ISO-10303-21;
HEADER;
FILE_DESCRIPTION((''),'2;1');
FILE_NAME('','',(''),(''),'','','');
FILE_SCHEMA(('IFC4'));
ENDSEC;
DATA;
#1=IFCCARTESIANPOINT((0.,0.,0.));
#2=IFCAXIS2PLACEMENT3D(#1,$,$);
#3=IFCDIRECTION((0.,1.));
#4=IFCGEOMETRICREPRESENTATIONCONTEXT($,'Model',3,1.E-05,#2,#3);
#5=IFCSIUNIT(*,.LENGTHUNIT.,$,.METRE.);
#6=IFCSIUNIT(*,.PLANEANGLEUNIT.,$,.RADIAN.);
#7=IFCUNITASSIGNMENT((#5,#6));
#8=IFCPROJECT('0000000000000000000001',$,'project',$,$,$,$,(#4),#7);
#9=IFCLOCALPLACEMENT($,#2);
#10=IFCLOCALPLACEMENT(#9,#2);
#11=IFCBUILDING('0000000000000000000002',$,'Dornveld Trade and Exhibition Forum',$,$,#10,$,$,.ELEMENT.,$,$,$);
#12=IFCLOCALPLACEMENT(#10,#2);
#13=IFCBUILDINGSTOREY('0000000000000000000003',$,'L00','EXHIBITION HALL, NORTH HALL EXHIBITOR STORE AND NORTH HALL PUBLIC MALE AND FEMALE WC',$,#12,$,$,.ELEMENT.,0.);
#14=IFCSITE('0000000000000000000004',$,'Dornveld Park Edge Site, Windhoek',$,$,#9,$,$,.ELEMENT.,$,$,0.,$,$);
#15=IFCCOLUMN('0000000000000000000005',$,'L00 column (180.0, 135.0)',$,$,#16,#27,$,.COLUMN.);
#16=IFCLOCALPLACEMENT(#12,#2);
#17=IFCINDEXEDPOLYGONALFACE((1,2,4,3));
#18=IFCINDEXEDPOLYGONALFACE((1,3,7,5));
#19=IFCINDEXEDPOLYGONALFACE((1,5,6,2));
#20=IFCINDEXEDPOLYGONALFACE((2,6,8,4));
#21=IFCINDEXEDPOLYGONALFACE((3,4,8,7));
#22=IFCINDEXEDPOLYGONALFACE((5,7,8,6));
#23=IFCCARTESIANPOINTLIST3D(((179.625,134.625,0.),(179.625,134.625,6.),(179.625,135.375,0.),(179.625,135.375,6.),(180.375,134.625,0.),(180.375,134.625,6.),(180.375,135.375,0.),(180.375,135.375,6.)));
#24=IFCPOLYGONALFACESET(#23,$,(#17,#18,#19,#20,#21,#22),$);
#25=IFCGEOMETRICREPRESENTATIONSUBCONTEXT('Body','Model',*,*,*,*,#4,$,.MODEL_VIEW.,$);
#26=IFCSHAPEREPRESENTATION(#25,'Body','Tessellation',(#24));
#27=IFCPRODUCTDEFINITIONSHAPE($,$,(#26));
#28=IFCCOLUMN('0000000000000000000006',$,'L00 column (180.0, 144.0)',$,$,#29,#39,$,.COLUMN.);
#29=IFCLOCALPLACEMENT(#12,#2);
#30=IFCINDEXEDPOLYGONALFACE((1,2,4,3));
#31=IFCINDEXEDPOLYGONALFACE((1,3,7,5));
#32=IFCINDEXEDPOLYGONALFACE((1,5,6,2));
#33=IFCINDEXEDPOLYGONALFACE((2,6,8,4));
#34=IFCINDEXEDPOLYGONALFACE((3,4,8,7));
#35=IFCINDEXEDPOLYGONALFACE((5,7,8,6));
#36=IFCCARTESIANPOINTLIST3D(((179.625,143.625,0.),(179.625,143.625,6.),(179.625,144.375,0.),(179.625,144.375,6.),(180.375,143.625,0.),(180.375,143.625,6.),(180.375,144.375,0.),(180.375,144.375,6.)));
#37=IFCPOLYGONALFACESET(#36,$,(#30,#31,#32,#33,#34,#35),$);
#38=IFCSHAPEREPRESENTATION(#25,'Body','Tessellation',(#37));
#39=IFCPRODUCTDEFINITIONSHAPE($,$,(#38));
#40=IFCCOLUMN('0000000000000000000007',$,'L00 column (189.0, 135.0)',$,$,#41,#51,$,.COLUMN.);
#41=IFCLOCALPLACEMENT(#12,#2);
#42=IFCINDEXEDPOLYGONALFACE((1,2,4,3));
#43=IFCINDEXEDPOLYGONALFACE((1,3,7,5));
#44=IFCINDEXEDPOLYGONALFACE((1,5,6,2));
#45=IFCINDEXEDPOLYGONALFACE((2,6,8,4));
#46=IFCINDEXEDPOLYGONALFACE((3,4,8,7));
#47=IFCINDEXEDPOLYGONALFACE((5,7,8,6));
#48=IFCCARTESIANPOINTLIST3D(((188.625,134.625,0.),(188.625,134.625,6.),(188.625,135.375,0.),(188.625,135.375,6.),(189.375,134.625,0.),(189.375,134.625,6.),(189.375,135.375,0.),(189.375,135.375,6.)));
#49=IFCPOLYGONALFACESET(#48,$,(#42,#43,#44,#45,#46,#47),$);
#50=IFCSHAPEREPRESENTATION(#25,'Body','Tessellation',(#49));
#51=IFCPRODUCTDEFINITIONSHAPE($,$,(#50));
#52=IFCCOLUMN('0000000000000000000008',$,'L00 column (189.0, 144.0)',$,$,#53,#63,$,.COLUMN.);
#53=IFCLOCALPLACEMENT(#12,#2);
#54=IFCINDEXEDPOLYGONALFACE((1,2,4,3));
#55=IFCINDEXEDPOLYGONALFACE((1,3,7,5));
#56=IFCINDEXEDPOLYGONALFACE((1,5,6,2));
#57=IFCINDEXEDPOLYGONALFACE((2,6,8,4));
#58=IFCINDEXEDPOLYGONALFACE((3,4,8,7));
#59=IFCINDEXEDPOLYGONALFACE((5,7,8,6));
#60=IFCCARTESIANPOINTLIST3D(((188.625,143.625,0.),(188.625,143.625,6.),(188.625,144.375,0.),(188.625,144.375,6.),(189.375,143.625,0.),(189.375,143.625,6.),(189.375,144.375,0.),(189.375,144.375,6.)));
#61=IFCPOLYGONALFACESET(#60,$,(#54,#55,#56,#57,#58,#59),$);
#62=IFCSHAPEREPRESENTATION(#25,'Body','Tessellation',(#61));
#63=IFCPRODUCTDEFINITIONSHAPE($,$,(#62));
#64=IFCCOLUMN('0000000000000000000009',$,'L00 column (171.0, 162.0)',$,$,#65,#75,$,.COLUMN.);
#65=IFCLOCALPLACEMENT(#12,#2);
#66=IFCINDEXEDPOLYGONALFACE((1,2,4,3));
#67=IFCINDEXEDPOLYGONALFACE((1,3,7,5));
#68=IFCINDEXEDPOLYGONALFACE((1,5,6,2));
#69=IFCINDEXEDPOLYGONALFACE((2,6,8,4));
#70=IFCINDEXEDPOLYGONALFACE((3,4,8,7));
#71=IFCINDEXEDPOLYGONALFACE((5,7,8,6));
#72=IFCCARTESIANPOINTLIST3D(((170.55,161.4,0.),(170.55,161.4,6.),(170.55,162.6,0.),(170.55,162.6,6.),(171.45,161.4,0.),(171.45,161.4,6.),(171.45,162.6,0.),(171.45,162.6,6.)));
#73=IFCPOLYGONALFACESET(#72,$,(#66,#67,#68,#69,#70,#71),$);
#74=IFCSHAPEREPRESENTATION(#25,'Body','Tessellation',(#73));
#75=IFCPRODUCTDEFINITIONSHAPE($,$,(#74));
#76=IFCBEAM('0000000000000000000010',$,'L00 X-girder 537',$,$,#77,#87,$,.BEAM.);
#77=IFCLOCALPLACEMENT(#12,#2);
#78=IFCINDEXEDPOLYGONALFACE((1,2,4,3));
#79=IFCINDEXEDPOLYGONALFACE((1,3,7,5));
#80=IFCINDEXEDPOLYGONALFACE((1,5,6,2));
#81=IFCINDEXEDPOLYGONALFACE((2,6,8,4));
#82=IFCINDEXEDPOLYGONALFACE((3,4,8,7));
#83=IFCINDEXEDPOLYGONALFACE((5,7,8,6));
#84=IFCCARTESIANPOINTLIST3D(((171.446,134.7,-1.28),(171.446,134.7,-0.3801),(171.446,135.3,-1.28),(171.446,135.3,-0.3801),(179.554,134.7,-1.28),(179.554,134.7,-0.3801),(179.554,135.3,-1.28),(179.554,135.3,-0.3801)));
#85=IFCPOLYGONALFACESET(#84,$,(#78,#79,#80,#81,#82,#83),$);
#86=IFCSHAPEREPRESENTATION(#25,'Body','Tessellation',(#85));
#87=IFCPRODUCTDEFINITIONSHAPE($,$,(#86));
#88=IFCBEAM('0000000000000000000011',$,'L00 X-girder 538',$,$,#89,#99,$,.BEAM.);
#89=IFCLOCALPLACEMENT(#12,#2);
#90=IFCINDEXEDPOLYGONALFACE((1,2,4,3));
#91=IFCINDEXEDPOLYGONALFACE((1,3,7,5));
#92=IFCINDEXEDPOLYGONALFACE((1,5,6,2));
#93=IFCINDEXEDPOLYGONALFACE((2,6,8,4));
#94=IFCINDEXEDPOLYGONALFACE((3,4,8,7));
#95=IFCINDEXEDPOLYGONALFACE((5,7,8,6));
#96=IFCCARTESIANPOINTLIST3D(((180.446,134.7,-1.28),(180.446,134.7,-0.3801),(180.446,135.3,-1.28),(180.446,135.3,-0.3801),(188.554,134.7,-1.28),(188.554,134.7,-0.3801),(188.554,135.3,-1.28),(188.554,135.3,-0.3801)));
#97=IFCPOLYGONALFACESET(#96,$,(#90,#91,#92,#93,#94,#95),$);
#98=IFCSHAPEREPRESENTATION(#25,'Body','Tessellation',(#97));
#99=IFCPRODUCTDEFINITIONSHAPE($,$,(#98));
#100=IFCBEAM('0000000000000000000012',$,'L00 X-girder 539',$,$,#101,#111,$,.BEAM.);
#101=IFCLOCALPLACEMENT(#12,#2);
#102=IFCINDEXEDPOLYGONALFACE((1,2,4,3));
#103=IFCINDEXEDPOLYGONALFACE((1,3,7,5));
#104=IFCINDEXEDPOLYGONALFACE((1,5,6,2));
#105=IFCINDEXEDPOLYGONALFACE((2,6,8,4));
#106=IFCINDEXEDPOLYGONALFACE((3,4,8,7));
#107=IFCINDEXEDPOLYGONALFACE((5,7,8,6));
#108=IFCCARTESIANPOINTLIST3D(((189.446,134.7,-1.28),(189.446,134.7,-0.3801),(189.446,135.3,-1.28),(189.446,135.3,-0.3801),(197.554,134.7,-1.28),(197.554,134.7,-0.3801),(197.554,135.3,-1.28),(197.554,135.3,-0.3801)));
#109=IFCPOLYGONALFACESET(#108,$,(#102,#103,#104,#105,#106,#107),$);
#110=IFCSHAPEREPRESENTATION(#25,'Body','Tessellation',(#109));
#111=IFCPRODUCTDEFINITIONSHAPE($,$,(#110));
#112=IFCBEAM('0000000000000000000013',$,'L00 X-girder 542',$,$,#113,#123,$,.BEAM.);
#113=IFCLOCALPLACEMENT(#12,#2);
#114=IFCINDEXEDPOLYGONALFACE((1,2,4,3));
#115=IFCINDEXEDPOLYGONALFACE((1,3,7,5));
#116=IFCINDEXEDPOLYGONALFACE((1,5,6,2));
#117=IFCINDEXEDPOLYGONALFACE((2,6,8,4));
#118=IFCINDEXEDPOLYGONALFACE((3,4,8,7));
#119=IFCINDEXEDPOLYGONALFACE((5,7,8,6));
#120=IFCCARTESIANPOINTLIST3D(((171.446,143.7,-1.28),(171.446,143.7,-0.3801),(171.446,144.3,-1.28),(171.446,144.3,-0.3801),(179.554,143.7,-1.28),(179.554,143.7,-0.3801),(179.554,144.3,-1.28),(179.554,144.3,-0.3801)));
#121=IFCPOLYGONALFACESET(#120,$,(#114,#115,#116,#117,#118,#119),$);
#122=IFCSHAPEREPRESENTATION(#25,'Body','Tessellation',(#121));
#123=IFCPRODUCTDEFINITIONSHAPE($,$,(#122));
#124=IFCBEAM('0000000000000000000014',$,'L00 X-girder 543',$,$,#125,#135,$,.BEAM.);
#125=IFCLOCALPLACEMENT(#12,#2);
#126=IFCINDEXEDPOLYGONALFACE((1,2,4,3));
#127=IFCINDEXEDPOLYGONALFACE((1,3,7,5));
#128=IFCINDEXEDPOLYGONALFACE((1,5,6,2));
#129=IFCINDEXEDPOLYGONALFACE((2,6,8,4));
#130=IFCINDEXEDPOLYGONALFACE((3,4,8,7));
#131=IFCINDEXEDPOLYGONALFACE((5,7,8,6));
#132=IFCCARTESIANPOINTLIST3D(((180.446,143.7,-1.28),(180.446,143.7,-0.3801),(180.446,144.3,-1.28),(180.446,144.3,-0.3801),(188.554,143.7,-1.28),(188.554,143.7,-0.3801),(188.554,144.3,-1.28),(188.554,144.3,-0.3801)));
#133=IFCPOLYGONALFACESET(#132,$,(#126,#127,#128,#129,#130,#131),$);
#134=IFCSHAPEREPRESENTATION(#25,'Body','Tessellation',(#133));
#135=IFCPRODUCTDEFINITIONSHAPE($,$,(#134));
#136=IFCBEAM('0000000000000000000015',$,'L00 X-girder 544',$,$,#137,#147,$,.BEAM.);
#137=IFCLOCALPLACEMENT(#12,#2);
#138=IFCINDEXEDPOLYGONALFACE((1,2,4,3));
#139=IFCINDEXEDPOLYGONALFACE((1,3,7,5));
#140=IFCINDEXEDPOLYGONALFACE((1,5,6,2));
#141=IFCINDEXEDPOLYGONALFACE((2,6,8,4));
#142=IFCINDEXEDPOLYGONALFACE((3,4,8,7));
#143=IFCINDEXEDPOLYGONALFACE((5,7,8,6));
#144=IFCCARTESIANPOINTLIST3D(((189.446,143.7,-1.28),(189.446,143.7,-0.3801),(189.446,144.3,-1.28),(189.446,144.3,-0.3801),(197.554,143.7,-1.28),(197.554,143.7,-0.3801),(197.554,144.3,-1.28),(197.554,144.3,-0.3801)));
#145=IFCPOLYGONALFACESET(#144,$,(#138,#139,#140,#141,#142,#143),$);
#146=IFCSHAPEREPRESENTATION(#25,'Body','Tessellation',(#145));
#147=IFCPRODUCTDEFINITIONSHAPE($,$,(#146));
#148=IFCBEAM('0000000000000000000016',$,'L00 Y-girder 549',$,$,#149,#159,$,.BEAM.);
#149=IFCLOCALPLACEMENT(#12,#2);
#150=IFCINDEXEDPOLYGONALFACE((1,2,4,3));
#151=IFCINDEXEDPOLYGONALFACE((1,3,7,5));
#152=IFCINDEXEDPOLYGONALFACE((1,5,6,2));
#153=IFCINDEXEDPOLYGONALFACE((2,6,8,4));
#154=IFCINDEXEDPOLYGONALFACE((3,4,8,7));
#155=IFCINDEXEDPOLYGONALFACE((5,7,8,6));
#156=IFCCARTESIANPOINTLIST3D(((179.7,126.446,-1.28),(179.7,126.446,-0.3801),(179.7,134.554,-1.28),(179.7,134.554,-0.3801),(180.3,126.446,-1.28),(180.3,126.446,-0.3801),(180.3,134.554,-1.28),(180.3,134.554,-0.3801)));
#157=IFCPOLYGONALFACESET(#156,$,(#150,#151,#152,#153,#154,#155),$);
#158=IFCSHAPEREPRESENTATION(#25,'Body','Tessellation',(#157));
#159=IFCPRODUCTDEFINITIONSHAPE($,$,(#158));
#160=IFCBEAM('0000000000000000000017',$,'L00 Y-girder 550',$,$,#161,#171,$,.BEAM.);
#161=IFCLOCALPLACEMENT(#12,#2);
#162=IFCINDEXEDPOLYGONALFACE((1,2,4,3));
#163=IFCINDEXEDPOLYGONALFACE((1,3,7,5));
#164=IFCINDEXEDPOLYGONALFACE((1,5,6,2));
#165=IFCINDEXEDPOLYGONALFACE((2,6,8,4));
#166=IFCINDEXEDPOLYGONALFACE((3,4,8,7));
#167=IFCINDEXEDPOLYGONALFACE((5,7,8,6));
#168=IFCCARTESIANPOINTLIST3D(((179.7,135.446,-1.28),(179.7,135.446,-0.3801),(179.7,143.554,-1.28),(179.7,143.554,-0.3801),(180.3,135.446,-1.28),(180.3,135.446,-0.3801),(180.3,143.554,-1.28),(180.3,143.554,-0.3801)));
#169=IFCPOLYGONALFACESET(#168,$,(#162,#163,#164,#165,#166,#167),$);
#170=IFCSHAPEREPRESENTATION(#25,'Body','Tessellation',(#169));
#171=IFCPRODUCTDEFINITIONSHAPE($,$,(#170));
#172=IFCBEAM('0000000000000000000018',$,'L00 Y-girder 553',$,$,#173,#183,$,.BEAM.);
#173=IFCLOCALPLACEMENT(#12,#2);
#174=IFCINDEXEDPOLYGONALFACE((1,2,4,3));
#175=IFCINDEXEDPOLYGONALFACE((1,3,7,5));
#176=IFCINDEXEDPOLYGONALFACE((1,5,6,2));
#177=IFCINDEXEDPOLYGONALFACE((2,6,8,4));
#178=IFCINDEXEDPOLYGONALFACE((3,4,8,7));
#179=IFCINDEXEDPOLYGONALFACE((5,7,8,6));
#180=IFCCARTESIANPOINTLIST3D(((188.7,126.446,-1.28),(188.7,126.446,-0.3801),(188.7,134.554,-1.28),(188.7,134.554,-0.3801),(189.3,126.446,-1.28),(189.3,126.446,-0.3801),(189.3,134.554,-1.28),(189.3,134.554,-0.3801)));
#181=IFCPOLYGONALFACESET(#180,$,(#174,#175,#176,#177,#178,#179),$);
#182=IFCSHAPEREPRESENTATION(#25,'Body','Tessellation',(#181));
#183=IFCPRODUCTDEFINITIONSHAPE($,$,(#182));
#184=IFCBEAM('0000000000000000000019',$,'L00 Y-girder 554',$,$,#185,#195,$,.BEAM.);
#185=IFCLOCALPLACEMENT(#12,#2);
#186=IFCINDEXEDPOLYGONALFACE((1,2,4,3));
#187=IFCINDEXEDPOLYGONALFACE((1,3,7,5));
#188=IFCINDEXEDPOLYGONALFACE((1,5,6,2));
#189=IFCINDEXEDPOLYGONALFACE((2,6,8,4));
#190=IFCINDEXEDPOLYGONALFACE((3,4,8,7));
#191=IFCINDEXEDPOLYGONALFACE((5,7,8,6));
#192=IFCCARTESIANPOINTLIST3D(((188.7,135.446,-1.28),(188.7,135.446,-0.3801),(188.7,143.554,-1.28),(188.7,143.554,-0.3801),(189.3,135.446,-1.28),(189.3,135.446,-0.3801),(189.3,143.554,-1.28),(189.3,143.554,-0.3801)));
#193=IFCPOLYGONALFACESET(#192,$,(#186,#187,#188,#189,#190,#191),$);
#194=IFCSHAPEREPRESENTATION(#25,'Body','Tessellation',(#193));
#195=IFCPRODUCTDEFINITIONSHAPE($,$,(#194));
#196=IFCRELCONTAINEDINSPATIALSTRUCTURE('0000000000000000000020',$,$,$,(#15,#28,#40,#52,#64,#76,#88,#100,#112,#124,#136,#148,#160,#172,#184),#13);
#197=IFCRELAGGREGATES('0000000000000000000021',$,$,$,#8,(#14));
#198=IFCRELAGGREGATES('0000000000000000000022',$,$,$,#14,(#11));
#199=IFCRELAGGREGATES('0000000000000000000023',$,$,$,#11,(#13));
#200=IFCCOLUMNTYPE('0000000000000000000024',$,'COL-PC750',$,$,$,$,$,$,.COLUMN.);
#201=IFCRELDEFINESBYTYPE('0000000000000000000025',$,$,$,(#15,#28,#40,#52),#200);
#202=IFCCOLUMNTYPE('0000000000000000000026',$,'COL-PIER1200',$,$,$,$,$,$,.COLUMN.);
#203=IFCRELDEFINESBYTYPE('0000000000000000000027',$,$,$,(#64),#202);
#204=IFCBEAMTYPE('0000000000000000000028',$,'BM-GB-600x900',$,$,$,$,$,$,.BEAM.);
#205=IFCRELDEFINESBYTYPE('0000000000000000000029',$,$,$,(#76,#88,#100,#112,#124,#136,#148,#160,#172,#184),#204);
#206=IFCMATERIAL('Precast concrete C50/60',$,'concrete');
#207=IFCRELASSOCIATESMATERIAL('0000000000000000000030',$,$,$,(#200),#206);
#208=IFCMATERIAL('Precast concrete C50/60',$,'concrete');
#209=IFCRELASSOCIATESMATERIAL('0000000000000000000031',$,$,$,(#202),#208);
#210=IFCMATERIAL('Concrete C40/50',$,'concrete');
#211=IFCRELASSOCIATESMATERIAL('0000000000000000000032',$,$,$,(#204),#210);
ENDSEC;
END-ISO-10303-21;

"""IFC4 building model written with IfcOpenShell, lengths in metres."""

from ifc_helpers import new_model, si_unit, direction, frame, origin, origin_2d, place, context, subcontext, project, spatial, rectangle, extrude, material, material_profile, profile_set, type_object, element, save


model = new_model("IFC4")

# Units and contexts
model_context = context("Model", 3, precision=1e-05, world=origin(), true_north=direction((0.0, 1.0)))
body_context = subcontext(model_context, "Body", "Model", "MODEL_VIEW")
ifc_project = project(units=[si_unit("LENGTHUNIT", "METRE"), si_unit("PLANEANGLEUNIT", "RADIAN")], contexts=[model_context])

# Site, building, storey
site_placement = place(None, origin())
site = spatial("IfcSite", under=ifc_project, at=site_placement, Name="Dornveld Park Edge Site, Windhoek", CompositionType="ELEMENT", RefElevation=0.0)
building_placement = place(site_placement, origin())
building = spatial("IfcBuilding", under=site, at=building_placement, Name="Dornveld Trade and Exhibition Forum", CompositionType="ELEMENT")
storey_placement = place(building_placement, origin())
storey = spatial("IfcBuildingStorey", under=building, at=storey_placement, Name="L00", Description="EXHIBITION HALL, NORTH HALL EXHIBITOR STORE AND NORTH HALL PUBLIC MALE AND FEMALE WC", CompositionType="ELEMENT", Elevation=0.0)

# Columns
ifc_material_1 = material(Name="Precast concrete C50/60", Category="concrete")
ifc_material_profile_1 = material_profile(ifc_material_1, rectangle(XDim=0.75, YDim=0.75, at=origin_2d()), Name="PC-COL 750x750")
ifc_profile_set_1 = profile_set([ifc_material_profile_1], Name="Precast concrete C50/60")
column_type_1 = type_object("IfcColumnType", Name="COL-PC750", PredefinedType="COLUMN", material=ifc_profile_set_1)
for number, where, z_axis, x_axis, name in (
    (1, (180.0, 135.0, 0.0), (0.0, 0.0, 1.0), (1.0, 0.0, 0.0), "L00 column (180.0, 135.0)"),
    (2, (180.0, 144.0, 0.0), (0.0, 0.0, 1.0), (1.0, 0.0, 0.0), "L00 column (180.0, 144.0)"),
    (3, (189.0, 135.0, 0.0), (0.0, 0.0, 1.0), (1.0, 0.0, 0.0), "L00 column (189.0, 135.0)"),
    (4, (189.0, 144.0, 0.0), (0.0, 0.0, 1.0), (1.0, 0.0, 0.0), "L00 column (189.0, 144.0)"),
):
    element("IfcColumn", number, at=place(storey_placement, frame(where, z_axis=z_axis, x_axis=x_axis)), inside=storey, type_object=column_type_1, Name=name, PredefinedType="COLUMN", context=body_context, shape_type="SweptSolid", body=[
        extrude(rectangle(XDim=0.75, YDim=0.75, at=origin_2d()), origin(), (0.0, 0.0, 1.0), 6.0),
    ])
ifc_material_2 = material(Name="Precast concrete C50/60", Category="concrete")
ifc_material_profile_2 = material_profile(ifc_material_2, rectangle(XDim=1.2, YDim=0.8999, at=origin_2d()), Name="PC-PIER 1200x900")
ifc_profile_set_2 = profile_set([ifc_material_profile_2], Name="Precast concrete C50/60")
column_type_2 = type_object("IfcColumnType", Name="COL-PIER1200", PredefinedType="COLUMN", material=ifc_profile_set_2)
column_placement = place(storey_placement, frame((171.0, 162.0, 0.0), z_axis=(0.0, 0.0, 1.0), x_axis=(0.0, 1.0, 0.0)))
element("IfcColumn", 5, at=column_placement, inside=storey, type_object=column_type_2, Name="L00 column (171.0, 162.0)", PredefinedType="COLUMN", context=body_context, shape_type="SweptSolid", body=[
    extrude(rectangle(XDim=1.2, YDim=0.8999, at=origin_2d()), origin(), (0.0, 0.0, 1.0), 6.0),
])

# Beams
ifc_material_3 = material(Name="Concrete C40/50", Category="concrete")
ifc_material_profile_3 = material_profile(ifc_material_3, rectangle(XDim=0.6001, YDim=0.8999, at=origin_2d()), Name="RC-GB 600x900")
ifc_profile_set_3 = profile_set([ifc_material_profile_3], Name="Concrete C40/50")
beam_type_1 = type_object("IfcBeamType", Name="BM-GB-600x900", PredefinedType="BEAM", material=ifc_profile_set_3)
for number, where, z_axis, x_axis, name in (
    (6, (171.446, 135.0, -0.8301), (1.0, 0.0, 0.0), (0.0, 1.0, 0.0), "L00 X-girder 537"),
    (7, (180.446, 135.0, -0.8301), (1.0, 0.0, 0.0), (0.0, 1.0, 0.0), "L00 X-girder 538"),
    (8, (189.446, 135.0, -0.8301), (1.0, 0.0, 0.0), (0.0, 1.0, 0.0), "L00 X-girder 539"),
    (9, (171.446, 144.0, -0.8301), (1.0, 0.0, 0.0), (0.0, 1.0, 0.0), "L00 X-girder 542"),
    (10, (180.446, 144.0, -0.8301), (1.0, 0.0, 0.0), (0.0, 1.0, 0.0), "L00 X-girder 543"),
    (11, (189.446, 144.0, -0.8301), (1.0, 0.0, 0.0), (0.0, 1.0, 0.0), "L00 X-girder 544"),
    (12, (180.0, 126.446, -0.8301), (0.0, 1.0, 0.0), (-1.0, 0.0, 0.0), "L00 Y-girder 549"),
    (13, (180.0, 135.446, -0.8301), (0.0, 1.0, 0.0), (-1.0, 0.0, 0.0), "L00 Y-girder 550"),
    (14, (189.0, 126.446, -0.8301), (0.0, 1.0, 0.0), (-1.0, 0.0, 0.0), "L00 Y-girder 553"),
    (15, (189.0, 135.446, -0.8301), (0.0, 1.0, 0.0), (-1.0, 0.0, 0.0), "L00 Y-girder 554"),
):
    element("IfcBeam", number, at=place(storey_placement, frame(where, z_axis=z_axis, x_axis=x_axis)), inside=storey, type_object=beam_type_1, Name=name, PredefinedType="BEAM", context=body_context, shape_type="SweptSolid", body=[
        extrude(rectangle(XDim=0.6001, YDim=0.8999, at=origin_2d()), origin(), (0.0, 0.0, 1.0), 8.1079),
    ])

save(model, "model.ifc")
